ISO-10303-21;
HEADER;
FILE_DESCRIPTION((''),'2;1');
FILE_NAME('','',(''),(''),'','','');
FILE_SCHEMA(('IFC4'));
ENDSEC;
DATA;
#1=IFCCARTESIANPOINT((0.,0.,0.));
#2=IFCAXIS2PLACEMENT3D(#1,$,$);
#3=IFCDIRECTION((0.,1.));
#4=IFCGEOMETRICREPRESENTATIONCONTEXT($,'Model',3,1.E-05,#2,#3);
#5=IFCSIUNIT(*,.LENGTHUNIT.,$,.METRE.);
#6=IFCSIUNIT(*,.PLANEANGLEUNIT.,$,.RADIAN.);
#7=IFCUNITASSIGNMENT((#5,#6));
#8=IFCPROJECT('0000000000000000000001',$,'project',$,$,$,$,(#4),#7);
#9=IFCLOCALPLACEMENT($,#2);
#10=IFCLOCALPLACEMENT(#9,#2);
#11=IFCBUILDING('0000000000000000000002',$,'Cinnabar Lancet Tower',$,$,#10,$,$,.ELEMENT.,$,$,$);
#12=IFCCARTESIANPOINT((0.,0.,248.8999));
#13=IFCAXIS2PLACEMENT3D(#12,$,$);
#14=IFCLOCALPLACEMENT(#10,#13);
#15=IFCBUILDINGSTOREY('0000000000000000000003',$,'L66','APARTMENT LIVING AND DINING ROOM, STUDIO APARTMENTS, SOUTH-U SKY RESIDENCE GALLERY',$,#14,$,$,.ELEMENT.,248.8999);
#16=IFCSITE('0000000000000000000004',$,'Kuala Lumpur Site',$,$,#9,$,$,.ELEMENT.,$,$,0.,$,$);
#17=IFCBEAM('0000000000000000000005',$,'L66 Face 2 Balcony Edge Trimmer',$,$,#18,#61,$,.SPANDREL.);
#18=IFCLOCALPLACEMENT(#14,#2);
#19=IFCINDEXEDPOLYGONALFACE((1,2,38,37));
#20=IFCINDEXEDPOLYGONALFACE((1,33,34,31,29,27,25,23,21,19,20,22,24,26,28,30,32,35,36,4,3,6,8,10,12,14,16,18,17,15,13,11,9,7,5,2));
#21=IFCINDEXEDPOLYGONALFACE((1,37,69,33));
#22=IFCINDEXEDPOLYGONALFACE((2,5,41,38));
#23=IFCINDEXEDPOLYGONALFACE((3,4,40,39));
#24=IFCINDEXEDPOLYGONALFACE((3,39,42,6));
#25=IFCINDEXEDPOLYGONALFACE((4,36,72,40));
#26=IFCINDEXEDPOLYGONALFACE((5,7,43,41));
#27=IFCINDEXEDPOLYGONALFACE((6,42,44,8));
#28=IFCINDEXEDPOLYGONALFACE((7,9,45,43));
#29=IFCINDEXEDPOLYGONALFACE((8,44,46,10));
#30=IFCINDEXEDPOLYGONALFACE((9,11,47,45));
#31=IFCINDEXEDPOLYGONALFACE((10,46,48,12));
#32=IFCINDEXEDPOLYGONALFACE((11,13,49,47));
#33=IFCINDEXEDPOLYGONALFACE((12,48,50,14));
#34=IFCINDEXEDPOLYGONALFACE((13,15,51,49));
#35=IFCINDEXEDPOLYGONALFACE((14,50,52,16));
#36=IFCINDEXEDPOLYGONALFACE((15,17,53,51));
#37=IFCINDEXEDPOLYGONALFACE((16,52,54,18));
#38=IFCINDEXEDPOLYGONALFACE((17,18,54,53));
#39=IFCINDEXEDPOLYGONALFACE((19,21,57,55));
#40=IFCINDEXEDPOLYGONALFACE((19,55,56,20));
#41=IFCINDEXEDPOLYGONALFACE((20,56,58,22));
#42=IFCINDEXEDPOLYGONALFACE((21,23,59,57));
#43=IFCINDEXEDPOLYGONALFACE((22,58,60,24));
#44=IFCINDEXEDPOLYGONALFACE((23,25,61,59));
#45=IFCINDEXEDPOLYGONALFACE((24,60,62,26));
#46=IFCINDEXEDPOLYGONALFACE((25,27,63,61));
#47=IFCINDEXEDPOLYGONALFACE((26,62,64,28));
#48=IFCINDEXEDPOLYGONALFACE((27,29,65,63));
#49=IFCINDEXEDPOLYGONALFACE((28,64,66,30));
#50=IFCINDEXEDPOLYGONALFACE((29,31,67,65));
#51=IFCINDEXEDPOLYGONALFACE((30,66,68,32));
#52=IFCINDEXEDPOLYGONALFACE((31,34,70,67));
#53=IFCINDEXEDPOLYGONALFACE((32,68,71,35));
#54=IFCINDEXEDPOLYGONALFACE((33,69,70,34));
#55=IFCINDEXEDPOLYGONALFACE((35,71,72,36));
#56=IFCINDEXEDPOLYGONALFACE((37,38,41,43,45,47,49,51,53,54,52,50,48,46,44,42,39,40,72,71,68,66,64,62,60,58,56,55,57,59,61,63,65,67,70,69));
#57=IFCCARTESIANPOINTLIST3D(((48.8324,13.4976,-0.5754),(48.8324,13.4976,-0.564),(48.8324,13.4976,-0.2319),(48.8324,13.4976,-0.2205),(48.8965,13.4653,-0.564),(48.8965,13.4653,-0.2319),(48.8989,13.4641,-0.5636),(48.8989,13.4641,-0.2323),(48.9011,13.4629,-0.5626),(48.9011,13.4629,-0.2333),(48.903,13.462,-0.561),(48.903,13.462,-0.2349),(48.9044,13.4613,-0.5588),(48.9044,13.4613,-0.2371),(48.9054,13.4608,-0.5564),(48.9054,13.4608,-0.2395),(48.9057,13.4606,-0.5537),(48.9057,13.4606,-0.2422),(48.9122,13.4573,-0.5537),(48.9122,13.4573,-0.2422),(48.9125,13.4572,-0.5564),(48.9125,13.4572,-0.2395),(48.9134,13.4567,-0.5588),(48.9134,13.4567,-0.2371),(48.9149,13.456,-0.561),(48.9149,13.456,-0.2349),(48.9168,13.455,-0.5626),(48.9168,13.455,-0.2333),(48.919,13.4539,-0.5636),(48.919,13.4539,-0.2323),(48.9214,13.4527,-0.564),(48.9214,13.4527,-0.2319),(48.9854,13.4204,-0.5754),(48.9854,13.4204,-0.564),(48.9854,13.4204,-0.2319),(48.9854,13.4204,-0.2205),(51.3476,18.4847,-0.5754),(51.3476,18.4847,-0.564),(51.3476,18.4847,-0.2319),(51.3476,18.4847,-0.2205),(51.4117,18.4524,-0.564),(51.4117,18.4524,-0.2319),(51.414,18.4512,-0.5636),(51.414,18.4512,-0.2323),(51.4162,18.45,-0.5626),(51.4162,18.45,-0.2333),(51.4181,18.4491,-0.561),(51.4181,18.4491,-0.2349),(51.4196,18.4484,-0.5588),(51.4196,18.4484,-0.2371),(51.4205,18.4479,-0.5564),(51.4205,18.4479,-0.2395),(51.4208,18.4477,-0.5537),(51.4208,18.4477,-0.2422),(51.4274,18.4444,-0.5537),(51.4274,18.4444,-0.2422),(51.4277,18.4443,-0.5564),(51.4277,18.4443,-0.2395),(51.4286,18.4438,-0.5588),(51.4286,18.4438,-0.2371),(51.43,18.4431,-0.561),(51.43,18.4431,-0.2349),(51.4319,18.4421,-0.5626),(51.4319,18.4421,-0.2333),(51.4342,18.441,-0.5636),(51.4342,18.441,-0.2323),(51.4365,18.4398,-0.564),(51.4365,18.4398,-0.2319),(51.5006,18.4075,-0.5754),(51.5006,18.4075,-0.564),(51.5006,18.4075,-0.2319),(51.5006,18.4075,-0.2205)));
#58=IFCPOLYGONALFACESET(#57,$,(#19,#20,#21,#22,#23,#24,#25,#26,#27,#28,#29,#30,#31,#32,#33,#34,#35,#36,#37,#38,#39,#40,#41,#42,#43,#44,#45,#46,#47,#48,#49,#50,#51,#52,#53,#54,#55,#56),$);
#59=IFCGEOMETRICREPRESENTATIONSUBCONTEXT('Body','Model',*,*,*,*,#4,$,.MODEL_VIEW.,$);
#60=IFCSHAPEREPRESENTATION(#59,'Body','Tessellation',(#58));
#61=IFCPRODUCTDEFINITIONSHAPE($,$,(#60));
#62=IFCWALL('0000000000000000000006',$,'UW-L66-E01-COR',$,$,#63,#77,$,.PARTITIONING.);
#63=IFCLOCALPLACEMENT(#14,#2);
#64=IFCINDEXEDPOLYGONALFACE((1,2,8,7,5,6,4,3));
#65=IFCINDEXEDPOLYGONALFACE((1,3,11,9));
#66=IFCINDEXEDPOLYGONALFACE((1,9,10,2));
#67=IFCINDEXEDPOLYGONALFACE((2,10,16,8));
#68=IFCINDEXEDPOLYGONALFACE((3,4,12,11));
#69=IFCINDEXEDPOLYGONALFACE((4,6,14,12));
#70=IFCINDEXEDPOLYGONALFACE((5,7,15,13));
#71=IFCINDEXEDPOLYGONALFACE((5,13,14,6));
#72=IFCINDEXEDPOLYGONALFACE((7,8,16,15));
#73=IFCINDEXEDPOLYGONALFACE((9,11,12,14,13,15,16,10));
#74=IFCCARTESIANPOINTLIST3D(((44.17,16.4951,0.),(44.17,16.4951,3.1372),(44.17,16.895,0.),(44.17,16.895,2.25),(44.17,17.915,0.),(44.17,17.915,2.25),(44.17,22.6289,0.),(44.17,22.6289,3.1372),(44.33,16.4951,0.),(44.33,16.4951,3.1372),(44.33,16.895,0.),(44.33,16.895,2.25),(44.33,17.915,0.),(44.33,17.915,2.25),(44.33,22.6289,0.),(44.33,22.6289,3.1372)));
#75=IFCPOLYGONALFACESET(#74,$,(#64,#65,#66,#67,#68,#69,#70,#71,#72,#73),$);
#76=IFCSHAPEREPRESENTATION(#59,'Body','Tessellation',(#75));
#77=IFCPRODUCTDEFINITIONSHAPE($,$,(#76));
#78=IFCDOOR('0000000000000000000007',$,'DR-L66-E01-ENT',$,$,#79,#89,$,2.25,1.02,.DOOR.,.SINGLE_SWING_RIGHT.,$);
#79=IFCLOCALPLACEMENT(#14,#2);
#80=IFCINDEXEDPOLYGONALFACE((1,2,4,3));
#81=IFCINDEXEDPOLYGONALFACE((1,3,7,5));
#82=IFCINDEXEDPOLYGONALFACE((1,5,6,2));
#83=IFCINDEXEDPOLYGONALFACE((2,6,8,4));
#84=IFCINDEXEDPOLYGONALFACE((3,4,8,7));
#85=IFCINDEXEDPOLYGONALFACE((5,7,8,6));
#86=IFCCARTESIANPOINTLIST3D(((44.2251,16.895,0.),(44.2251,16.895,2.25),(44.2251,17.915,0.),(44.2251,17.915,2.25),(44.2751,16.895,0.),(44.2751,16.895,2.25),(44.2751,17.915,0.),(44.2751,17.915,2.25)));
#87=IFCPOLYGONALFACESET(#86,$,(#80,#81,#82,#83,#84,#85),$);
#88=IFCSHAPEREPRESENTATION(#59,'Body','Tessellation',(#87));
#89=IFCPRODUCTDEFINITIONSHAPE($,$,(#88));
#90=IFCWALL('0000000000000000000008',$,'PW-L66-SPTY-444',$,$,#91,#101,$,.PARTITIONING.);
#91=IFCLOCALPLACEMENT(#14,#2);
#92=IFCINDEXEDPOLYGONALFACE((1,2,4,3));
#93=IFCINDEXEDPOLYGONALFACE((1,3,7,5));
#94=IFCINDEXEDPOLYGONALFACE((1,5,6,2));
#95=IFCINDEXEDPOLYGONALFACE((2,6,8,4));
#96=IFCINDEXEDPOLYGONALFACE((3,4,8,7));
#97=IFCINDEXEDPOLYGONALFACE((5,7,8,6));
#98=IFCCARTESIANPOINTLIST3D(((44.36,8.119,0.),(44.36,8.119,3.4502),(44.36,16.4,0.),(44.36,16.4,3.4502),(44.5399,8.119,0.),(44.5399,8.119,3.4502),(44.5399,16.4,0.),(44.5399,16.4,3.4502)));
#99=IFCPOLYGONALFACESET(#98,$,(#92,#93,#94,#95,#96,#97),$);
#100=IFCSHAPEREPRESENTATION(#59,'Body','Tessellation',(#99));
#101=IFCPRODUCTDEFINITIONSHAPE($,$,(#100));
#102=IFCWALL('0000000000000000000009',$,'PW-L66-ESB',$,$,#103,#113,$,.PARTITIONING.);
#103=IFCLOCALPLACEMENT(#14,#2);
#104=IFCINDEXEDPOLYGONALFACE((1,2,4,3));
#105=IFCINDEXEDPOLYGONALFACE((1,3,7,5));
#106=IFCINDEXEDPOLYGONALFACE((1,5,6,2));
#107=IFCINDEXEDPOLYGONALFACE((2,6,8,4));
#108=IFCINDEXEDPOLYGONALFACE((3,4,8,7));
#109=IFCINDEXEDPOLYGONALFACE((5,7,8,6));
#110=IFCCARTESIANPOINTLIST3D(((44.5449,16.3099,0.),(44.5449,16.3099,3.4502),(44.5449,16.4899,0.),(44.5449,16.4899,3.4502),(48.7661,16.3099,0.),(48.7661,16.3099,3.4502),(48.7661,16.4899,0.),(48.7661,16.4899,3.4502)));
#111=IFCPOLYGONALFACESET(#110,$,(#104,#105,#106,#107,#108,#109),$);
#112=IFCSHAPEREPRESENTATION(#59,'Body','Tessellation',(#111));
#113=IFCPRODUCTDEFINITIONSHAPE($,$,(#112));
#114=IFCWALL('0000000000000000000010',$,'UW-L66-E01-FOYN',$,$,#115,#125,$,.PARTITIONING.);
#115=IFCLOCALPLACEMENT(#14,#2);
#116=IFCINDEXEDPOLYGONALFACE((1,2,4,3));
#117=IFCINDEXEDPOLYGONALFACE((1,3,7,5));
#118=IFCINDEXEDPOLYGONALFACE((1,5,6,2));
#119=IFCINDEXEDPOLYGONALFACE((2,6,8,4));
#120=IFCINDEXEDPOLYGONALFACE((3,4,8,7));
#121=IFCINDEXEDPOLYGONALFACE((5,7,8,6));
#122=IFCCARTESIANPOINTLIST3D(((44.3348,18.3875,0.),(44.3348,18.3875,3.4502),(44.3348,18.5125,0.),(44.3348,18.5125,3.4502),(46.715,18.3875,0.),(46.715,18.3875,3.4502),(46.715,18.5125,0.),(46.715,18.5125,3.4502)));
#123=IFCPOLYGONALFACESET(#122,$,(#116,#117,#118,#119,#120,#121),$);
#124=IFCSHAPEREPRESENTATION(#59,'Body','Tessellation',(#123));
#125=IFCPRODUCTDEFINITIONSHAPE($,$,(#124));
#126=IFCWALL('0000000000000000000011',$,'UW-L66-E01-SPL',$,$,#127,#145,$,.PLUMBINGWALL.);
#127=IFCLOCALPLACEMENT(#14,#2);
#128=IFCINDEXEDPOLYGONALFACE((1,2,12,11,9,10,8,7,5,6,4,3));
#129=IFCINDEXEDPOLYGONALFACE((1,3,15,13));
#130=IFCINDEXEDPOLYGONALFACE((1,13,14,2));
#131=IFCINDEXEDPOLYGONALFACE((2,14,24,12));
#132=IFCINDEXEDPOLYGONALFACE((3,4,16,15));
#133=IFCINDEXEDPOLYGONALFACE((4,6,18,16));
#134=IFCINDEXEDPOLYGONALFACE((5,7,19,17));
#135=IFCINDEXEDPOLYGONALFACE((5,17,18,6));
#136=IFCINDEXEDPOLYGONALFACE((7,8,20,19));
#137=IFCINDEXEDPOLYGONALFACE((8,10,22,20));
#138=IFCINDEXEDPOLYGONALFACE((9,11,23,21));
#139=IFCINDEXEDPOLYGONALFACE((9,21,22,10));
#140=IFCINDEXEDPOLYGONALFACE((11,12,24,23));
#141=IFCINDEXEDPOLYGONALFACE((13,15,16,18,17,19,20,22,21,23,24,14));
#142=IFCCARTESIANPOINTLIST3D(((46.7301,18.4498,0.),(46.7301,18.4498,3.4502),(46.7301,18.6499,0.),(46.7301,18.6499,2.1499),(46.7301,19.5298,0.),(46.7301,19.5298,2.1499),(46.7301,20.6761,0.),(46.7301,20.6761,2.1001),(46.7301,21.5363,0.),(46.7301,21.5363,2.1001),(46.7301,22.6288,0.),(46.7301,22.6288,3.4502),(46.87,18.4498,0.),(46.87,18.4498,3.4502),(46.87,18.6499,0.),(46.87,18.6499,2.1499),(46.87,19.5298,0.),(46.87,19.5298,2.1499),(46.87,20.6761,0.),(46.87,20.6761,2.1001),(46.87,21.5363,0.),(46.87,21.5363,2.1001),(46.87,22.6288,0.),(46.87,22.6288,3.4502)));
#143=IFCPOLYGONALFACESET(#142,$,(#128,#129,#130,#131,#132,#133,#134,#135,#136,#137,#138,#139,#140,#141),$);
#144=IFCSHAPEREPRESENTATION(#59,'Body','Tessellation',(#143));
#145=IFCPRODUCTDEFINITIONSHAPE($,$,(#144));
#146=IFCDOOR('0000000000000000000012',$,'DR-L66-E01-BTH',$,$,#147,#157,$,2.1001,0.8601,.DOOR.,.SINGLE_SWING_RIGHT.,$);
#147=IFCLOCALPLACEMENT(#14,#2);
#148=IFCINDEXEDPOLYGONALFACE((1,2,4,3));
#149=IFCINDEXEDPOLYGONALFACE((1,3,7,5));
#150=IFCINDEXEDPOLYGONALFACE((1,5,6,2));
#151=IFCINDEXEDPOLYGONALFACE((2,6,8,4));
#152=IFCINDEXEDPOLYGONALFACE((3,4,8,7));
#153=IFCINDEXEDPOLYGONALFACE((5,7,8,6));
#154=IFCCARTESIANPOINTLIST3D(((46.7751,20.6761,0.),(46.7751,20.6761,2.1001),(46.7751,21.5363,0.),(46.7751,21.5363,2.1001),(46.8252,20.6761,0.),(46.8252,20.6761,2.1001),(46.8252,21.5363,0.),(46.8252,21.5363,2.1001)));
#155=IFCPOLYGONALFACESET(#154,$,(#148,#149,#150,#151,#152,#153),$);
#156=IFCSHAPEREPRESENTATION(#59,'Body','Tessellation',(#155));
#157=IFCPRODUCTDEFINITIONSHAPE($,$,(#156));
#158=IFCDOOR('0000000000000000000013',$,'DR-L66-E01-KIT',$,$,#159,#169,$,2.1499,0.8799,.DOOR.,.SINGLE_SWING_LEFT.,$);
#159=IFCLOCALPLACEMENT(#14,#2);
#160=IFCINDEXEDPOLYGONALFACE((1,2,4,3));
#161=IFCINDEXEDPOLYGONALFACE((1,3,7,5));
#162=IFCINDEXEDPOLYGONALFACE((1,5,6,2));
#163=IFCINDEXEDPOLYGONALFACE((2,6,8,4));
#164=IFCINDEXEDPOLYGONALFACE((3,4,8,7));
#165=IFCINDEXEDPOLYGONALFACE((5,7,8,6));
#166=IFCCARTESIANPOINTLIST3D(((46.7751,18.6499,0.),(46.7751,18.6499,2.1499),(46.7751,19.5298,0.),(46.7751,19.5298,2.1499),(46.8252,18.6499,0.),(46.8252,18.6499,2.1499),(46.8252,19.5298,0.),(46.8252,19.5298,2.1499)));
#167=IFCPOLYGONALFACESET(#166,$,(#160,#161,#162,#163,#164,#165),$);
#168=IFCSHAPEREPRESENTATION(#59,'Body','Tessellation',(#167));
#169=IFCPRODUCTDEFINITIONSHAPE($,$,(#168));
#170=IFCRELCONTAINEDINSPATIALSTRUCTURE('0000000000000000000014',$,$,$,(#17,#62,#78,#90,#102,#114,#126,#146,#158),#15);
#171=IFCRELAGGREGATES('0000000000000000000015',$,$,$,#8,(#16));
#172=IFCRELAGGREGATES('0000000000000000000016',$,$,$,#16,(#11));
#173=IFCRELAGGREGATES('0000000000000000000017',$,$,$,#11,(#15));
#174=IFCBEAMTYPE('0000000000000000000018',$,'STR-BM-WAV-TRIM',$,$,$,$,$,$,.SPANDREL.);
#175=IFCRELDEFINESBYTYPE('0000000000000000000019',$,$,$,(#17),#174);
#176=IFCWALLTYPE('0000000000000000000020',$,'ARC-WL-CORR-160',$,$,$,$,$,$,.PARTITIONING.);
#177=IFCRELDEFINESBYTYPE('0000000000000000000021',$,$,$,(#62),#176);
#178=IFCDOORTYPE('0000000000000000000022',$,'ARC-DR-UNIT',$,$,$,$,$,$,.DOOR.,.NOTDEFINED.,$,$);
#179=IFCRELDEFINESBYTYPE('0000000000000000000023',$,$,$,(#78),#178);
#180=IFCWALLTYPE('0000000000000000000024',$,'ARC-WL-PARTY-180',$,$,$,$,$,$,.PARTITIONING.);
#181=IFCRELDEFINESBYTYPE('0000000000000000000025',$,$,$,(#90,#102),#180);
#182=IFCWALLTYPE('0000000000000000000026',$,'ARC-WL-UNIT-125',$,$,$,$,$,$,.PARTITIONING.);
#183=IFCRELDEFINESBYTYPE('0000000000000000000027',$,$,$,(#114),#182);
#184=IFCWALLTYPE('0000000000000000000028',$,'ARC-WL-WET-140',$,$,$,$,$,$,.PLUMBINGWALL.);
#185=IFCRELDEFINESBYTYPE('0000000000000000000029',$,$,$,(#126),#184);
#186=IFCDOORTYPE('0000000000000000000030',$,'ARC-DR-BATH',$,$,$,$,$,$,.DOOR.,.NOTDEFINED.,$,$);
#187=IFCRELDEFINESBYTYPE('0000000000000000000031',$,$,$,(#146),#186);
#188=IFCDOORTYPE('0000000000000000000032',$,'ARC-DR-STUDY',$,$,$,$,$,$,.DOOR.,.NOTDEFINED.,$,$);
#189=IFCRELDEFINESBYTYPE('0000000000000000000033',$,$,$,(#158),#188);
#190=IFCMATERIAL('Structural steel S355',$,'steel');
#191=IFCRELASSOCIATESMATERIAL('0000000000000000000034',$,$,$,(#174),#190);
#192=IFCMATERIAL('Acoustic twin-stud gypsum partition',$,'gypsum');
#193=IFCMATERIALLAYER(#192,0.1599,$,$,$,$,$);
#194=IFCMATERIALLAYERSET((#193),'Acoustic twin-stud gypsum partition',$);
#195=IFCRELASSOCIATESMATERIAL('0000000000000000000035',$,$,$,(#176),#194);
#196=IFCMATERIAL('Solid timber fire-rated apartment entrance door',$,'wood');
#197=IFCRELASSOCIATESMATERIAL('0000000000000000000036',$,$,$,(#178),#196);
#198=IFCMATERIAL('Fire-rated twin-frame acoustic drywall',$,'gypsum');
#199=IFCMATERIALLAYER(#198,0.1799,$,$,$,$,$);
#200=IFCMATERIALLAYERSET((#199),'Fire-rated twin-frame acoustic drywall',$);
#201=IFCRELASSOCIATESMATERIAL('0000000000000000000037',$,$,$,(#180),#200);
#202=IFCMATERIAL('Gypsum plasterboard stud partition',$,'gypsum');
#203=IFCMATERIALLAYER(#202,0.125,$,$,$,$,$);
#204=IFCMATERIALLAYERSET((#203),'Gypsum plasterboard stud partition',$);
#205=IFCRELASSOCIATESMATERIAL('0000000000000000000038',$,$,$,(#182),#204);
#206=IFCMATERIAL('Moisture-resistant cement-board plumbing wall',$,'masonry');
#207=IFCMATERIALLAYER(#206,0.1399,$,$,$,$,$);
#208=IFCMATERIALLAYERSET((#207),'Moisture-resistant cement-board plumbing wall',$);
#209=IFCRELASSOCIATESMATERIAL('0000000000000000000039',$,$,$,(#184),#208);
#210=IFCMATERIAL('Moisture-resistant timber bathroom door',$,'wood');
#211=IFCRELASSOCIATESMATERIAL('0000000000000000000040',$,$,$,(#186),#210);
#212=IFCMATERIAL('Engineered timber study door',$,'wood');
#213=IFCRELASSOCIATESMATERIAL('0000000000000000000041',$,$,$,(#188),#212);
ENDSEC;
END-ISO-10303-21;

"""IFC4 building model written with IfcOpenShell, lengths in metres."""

from ifc_helpers import new_model, si_unit, direction, frame, frame_2d, origin, origin_2d, place, context, subcontext, project, spatial, rectangle, i_section, extrude, material, layer, layer_set, material_profile, profile_set, type_object, element, fill, save


model = new_model("IFC4")

# Units and contexts
model_context = context("Model", 3, precision=1e-05, world=origin(), true_north=direction((0.0, 1.0)))
body_context = subcontext(model_context, "Body", "Model", "MODEL_VIEW")
ifc_project = project(units=[si_unit("LENGTHUNIT", "METRE"), si_unit("PLANEANGLEUNIT", "RADIAN")], contexts=[model_context])

# Site, building, storey
site_placement = place(None, origin())
site = spatial("IfcSite", under=ifc_project, at=site_placement, Name="Kuala Lumpur Site", CompositionType="ELEMENT", RefElevation=0.0)
building_placement = place(site_placement, origin())
building = spatial("IfcBuilding", under=site, at=building_placement, Name="Cinnabar Lancet Tower", CompositionType="ELEMENT")
storey_placement = place(building_placement, frame((0.0, 0.0, 248.8999)))
storey = spatial("IfcBuildingStorey", under=building, at=storey_placement, Name="L66", Description="APARTMENT LIVING AND DINING ROOM, STUDIO APARTMENTS, SOUTH-U SKY RESIDENCE GALLERY", CompositionType="ELEMENT", Elevation=248.8999)

# Beam
ifc_material_1 = material(Name="Structural steel S355", Category="steel")
ifc_material_profile_1 = material_profile(ifc_material_1, i_section(OverallWidth=0.1714, OverallDepth=0.355, WebThickness=0.0073, FlangeThickness=0.0115, FilletRadius=0.0103, at=origin_2d()), Name="UKB 356x171x51")
ifc_profile_set_1 = profile_set([ifc_material_profile_1], Name="Structural steel S355")
beam_type_1 = type_object("IfcBeamType", Name="STR-BM-WAV-TRIM", PredefinedType="SPANDREL", material=ifc_profile_set_1)
beam_1_placement = place(storey_placement, frame((48.9089, 13.459, -0.3979), z_axis=(0.450306, 0.892874, 0.0), x_axis=(-0.892874, 0.450306, 0.0)))
element("IfcBeam", 1, at=beam_1_placement, inside=storey, type_object=beam_type_1, Name="L66 Face 2 Balcony Edge Trimmer", PredefinedType="SPANDREL", context=body_context, shape_type="SweptSolid", body=[
    extrude(i_section(OverallWidth=0.1714, OverallDepth=0.355, WebThickness=0.0073, FlangeThickness=0.0115, FilletRadius=0.0103, at=origin_2d()), origin(), (0.0, 0.0, 1.0), 5.5854),
])

# Wall, opening, door
ifc_material_2 = material(Name="Acoustic twin-stud gypsum partition", Category="gypsum")
ifc_layer_1 = layer(ifc_material_2, 0.1599)
ifc_layer_set_1 = layer_set([ifc_layer_1], Name="Acoustic twin-stud gypsum partition")
wall_type_1 = type_object("IfcWallType", Name="ARC-WL-CORR-160", PredefinedType="PARTITIONING", material=ifc_layer_set_1)
wall_1_placement = place(storey_placement, frame((44.25, 16.4951, 0.0), z_axis=(0.0, 0.0, 1.0), x_axis=(0.0, 1.0, 0.0)))
wall_1 = element("IfcWall", 2, at=wall_1_placement, inside=storey, type_object=wall_type_1, Name="UW-L66-E01-COR", PredefinedType="PARTITIONING", context=body_context, shape_type="SweptSolid", body=[
    extrude(rectangle(XDim=6.1338, YDim=0.1599, at=frame_2d((3.0669, 0.0))), origin(), (0.0, 0.0, 1.0), 3.1372),
])
opening_1_placement = place(wall_1_placement, frame((0.3999, 0.0, 0.0)))
opening_1 = element("IfcOpeningElement", 3, at=opening_1_placement, cuts=wall_1, PredefinedType="OPENING", context=body_context, shape_type="SweptSolid", body=[
    extrude(rectangle(XDim=1.02, YDim=2.25, at=frame_2d((0.51, 1.125))), frame((0.0, 0.0898, 0.0), z_axis=(0.0, -1.0, 0.0), x_axis=(1.0, 0.0, 0.0)), (0.0, 0.0, 1.0), 0.1799),
])
ifc_material_3 = material(Name="Solid timber fire-rated apartment entrance door", Category="wood")
door_type_1 = type_object("IfcDoorType", Name="ARC-DR-UNIT", OperationType="NOTDEFINED", PredefinedType="DOOR", material=ifc_material_3)
door_1_placement = place(opening_1_placement, origin())
door_1 = element("IfcDoor", 4, at=door_1_placement, inside=storey, type_object=door_type_1, Name="DR-L66-E01-ENT", OperationType="SINGLE_SWING_RIGHT", OverallHeight=2.25, OverallWidth=1.02, PredefinedType="DOOR", context=body_context, shape_type="SweptSolid", body=[
    extrude(rectangle(XDim=1.02, YDim=2.25, at=frame_2d((0.51, 1.125))), frame((0.0, 0.0249, 0.0), z_axis=(0.0, -1.0, 0.0), x_axis=(1.0, 0.0, 0.0)), (0.0, 0.0, 1.0), 0.05),
])
fill(opening_1, door_1)

# Walls
ifc_material_4 = material(Name="Fire-rated twin-frame acoustic drywall", Category="gypsum")
ifc_layer_2 = layer(ifc_material_4, 0.1799)
ifc_layer_set_2 = layer_set([ifc_layer_2], Name="Fire-rated twin-frame acoustic drywall")
wall_type_2 = type_object("IfcWallType", Name="ARC-WL-PARTY-180", PredefinedType="PARTITIONING", material=ifc_layer_set_2)
wall_2_placement = place(storey_placement, frame((44.45, 8.1189, 0.0), z_axis=(0.0, 0.0, 1.0), x_axis=(0.0, 1.0, 0.0)))
element("IfcWall", 5, at=wall_2_placement, inside=storey, type_object=wall_type_2, Name="PW-L66-SPTY-444", PredefinedType="PARTITIONING", context=body_context, shape_type="SweptSolid", body=[
    extrude(rectangle(XDim=8.281, YDim=0.1799, at=frame_2d((4.1406, 0.0))), origin(), (0.0, 0.0, 1.0), 3.4502),
])
wall_3_placement = place(storey_placement, frame((44.5449, 16.3999, 0.0), z_axis=(0.0, 0.0, 1.0), x_axis=(1.0, 0.0, 0.0)))
element("IfcWall", 6, at=wall_3_placement, inside=storey, type_object=wall_type_2, Name="PW-L66-ESB", PredefinedType="PARTITIONING", context=body_context, shape_type="SweptSolid", body=[
    extrude(rectangle(XDim=4.2212, YDim=0.1799, at=frame_2d((2.1106, 0.0))), origin(), (0.0, 0.0, 1.0), 3.4502),
])
ifc_material_5 = material(Name="Gypsum plasterboard stud partition", Category="gypsum")
ifc_layer_3 = layer(ifc_material_5, 0.125)
ifc_layer_set_3 = layer_set([ifc_layer_3], Name="Gypsum plasterboard stud partition")
wall_type_3 = type_object("IfcWallType", Name="ARC-WL-UNIT-125", PredefinedType="PARTITIONING", material=ifc_layer_set_3)
wall_4_placement = place(storey_placement, frame((44.335, 18.45, 0.0), z_axis=(0.0, 0.0, 1.0), x_axis=(1.0, 0.0, 0.0)))
element("IfcWall", 7, at=wall_4_placement, inside=storey, type_object=wall_type_3, Name="UW-L66-E01-FOYN", PredefinedType="PARTITIONING", context=body_context, shape_type="SweptSolid", body=[
    extrude(rectangle(XDim=2.3801, YDim=0.125, at=frame_2d((1.1899, 0.0))), origin(), (0.0, 0.0, 1.0), 3.4502),
])

# Wall, openings, doors
ifc_material_6 = material(Name="Moisture-resistant cement-board plumbing wall", Category="masonry")
ifc_layer_4 = layer(ifc_material_6, 0.1399)
ifc_layer_set_4 = layer_set([ifc_layer_4], Name="Moisture-resistant cement-board plumbing wall")
wall_type_4 = type_object("IfcWallType", Name="ARC-WL-WET-140", PredefinedType="PLUMBINGWALL", material=ifc_layer_set_4)
wall_5_placement = place(storey_placement, frame((46.8, 18.45, 0.0), z_axis=(0.0, 0.0, 1.0), x_axis=(0.0, 1.0, 0.0)))
wall_5 = element("IfcWall", 8, at=wall_5_placement, inside=storey, type_object=wall_type_4, Name="UW-L66-E01-SPL", PredefinedType="PLUMBINGWALL", context=body_context, shape_type="SweptSolid", body=[
    extrude(rectangle(XDim=4.179, YDim=0.1399, at=frame_2d((2.0894, 0.0))), origin(), (0.0, 0.0, 1.0), 3.4502),
])
opening_2_placement = place(wall_5_placement, frame((2.2261, 0.0, 0.0)))
opening_2 = element("IfcOpeningElement", 9, at=opening_2_placement, cuts=wall_5, PredefinedType="OPENING", context=body_context, shape_type="SweptSolid", body=[
    extrude(rectangle(XDim=0.8601, YDim=2.1001, at=frame_2d((0.4302, 1.05))), frame((0.0, 0.0798, 0.0), z_axis=(0.0, -1.0, 0.0), x_axis=(1.0, 0.0, 0.0)), (0.0, 0.0, 1.0), 0.1599),
])
opening_3_placement = place(wall_5_placement, frame((0.2, 0.0, 0.0)))
opening_3 = element("IfcOpeningElement", 10, at=opening_3_placement, cuts=wall_5, PredefinedType="OPENING", context=body_context, shape_type="SweptSolid", body=[
    extrude(rectangle(XDim=0.8799, YDim=2.1499, at=frame_2d((0.4399, 1.075))), frame((0.0, 0.0798, 0.0), z_axis=(0.0, -1.0, 0.0), x_axis=(1.0, 0.0, 0.0)), (0.0, 0.0, 1.0), 0.1599),
])
ifc_material_7 = material(Name="Moisture-resistant timber bathroom door", Category="wood")
door_type_2 = type_object("IfcDoorType", Name="ARC-DR-BATH", OperationType="NOTDEFINED", PredefinedType="DOOR", material=ifc_material_7)
door_2_placement = place(opening_2_placement, origin())
door_2 = element("IfcDoor", 11, at=door_2_placement, inside=storey, type_object=door_type_2, Name="DR-L66-E01-BTH", OperationType="SINGLE_SWING_RIGHT", OverallHeight=2.1001, OverallWidth=0.8601, PredefinedType="DOOR", context=body_context, shape_type="SweptSolid", body=[
    extrude(rectangle(XDim=0.8601, YDim=2.1001, at=frame_2d((0.4302, 1.05))), frame((0.0, 0.0249, 0.0), z_axis=(0.0, -1.0, 0.0), x_axis=(1.0, 0.0, 0.0)), (0.0, 0.0, 1.0), 0.05),
])
fill(opening_2, door_2)
ifc_material_8 = material(Name="Engineered timber study door", Category="wood")
door_type_3 = type_object("IfcDoorType", Name="ARC-DR-STUDY", OperationType="NOTDEFINED", PredefinedType="DOOR", material=ifc_material_8)
door_3_placement = place(opening_3_placement, origin())
door_3 = element("IfcDoor", 12, at=door_3_placement, inside=storey, type_object=door_type_3, Name="DR-L66-E01-KIT", OperationType="SINGLE_SWING_LEFT", OverallHeight=2.1499, OverallWidth=0.8799, PredefinedType="DOOR", context=body_context, shape_type="SweptSolid", body=[
    extrude(rectangle(XDim=0.8799, YDim=2.1499, at=frame_2d((0.4399, 1.075))), frame((0.0, 0.0249, 0.0), z_axis=(0.0, -1.0, 0.0), x_axis=(1.0, 0.0, 0.0)), (0.0, 0.0, 1.0), 0.05),
])
fill(opening_3, door_3)

save(model, "model.ifc")
